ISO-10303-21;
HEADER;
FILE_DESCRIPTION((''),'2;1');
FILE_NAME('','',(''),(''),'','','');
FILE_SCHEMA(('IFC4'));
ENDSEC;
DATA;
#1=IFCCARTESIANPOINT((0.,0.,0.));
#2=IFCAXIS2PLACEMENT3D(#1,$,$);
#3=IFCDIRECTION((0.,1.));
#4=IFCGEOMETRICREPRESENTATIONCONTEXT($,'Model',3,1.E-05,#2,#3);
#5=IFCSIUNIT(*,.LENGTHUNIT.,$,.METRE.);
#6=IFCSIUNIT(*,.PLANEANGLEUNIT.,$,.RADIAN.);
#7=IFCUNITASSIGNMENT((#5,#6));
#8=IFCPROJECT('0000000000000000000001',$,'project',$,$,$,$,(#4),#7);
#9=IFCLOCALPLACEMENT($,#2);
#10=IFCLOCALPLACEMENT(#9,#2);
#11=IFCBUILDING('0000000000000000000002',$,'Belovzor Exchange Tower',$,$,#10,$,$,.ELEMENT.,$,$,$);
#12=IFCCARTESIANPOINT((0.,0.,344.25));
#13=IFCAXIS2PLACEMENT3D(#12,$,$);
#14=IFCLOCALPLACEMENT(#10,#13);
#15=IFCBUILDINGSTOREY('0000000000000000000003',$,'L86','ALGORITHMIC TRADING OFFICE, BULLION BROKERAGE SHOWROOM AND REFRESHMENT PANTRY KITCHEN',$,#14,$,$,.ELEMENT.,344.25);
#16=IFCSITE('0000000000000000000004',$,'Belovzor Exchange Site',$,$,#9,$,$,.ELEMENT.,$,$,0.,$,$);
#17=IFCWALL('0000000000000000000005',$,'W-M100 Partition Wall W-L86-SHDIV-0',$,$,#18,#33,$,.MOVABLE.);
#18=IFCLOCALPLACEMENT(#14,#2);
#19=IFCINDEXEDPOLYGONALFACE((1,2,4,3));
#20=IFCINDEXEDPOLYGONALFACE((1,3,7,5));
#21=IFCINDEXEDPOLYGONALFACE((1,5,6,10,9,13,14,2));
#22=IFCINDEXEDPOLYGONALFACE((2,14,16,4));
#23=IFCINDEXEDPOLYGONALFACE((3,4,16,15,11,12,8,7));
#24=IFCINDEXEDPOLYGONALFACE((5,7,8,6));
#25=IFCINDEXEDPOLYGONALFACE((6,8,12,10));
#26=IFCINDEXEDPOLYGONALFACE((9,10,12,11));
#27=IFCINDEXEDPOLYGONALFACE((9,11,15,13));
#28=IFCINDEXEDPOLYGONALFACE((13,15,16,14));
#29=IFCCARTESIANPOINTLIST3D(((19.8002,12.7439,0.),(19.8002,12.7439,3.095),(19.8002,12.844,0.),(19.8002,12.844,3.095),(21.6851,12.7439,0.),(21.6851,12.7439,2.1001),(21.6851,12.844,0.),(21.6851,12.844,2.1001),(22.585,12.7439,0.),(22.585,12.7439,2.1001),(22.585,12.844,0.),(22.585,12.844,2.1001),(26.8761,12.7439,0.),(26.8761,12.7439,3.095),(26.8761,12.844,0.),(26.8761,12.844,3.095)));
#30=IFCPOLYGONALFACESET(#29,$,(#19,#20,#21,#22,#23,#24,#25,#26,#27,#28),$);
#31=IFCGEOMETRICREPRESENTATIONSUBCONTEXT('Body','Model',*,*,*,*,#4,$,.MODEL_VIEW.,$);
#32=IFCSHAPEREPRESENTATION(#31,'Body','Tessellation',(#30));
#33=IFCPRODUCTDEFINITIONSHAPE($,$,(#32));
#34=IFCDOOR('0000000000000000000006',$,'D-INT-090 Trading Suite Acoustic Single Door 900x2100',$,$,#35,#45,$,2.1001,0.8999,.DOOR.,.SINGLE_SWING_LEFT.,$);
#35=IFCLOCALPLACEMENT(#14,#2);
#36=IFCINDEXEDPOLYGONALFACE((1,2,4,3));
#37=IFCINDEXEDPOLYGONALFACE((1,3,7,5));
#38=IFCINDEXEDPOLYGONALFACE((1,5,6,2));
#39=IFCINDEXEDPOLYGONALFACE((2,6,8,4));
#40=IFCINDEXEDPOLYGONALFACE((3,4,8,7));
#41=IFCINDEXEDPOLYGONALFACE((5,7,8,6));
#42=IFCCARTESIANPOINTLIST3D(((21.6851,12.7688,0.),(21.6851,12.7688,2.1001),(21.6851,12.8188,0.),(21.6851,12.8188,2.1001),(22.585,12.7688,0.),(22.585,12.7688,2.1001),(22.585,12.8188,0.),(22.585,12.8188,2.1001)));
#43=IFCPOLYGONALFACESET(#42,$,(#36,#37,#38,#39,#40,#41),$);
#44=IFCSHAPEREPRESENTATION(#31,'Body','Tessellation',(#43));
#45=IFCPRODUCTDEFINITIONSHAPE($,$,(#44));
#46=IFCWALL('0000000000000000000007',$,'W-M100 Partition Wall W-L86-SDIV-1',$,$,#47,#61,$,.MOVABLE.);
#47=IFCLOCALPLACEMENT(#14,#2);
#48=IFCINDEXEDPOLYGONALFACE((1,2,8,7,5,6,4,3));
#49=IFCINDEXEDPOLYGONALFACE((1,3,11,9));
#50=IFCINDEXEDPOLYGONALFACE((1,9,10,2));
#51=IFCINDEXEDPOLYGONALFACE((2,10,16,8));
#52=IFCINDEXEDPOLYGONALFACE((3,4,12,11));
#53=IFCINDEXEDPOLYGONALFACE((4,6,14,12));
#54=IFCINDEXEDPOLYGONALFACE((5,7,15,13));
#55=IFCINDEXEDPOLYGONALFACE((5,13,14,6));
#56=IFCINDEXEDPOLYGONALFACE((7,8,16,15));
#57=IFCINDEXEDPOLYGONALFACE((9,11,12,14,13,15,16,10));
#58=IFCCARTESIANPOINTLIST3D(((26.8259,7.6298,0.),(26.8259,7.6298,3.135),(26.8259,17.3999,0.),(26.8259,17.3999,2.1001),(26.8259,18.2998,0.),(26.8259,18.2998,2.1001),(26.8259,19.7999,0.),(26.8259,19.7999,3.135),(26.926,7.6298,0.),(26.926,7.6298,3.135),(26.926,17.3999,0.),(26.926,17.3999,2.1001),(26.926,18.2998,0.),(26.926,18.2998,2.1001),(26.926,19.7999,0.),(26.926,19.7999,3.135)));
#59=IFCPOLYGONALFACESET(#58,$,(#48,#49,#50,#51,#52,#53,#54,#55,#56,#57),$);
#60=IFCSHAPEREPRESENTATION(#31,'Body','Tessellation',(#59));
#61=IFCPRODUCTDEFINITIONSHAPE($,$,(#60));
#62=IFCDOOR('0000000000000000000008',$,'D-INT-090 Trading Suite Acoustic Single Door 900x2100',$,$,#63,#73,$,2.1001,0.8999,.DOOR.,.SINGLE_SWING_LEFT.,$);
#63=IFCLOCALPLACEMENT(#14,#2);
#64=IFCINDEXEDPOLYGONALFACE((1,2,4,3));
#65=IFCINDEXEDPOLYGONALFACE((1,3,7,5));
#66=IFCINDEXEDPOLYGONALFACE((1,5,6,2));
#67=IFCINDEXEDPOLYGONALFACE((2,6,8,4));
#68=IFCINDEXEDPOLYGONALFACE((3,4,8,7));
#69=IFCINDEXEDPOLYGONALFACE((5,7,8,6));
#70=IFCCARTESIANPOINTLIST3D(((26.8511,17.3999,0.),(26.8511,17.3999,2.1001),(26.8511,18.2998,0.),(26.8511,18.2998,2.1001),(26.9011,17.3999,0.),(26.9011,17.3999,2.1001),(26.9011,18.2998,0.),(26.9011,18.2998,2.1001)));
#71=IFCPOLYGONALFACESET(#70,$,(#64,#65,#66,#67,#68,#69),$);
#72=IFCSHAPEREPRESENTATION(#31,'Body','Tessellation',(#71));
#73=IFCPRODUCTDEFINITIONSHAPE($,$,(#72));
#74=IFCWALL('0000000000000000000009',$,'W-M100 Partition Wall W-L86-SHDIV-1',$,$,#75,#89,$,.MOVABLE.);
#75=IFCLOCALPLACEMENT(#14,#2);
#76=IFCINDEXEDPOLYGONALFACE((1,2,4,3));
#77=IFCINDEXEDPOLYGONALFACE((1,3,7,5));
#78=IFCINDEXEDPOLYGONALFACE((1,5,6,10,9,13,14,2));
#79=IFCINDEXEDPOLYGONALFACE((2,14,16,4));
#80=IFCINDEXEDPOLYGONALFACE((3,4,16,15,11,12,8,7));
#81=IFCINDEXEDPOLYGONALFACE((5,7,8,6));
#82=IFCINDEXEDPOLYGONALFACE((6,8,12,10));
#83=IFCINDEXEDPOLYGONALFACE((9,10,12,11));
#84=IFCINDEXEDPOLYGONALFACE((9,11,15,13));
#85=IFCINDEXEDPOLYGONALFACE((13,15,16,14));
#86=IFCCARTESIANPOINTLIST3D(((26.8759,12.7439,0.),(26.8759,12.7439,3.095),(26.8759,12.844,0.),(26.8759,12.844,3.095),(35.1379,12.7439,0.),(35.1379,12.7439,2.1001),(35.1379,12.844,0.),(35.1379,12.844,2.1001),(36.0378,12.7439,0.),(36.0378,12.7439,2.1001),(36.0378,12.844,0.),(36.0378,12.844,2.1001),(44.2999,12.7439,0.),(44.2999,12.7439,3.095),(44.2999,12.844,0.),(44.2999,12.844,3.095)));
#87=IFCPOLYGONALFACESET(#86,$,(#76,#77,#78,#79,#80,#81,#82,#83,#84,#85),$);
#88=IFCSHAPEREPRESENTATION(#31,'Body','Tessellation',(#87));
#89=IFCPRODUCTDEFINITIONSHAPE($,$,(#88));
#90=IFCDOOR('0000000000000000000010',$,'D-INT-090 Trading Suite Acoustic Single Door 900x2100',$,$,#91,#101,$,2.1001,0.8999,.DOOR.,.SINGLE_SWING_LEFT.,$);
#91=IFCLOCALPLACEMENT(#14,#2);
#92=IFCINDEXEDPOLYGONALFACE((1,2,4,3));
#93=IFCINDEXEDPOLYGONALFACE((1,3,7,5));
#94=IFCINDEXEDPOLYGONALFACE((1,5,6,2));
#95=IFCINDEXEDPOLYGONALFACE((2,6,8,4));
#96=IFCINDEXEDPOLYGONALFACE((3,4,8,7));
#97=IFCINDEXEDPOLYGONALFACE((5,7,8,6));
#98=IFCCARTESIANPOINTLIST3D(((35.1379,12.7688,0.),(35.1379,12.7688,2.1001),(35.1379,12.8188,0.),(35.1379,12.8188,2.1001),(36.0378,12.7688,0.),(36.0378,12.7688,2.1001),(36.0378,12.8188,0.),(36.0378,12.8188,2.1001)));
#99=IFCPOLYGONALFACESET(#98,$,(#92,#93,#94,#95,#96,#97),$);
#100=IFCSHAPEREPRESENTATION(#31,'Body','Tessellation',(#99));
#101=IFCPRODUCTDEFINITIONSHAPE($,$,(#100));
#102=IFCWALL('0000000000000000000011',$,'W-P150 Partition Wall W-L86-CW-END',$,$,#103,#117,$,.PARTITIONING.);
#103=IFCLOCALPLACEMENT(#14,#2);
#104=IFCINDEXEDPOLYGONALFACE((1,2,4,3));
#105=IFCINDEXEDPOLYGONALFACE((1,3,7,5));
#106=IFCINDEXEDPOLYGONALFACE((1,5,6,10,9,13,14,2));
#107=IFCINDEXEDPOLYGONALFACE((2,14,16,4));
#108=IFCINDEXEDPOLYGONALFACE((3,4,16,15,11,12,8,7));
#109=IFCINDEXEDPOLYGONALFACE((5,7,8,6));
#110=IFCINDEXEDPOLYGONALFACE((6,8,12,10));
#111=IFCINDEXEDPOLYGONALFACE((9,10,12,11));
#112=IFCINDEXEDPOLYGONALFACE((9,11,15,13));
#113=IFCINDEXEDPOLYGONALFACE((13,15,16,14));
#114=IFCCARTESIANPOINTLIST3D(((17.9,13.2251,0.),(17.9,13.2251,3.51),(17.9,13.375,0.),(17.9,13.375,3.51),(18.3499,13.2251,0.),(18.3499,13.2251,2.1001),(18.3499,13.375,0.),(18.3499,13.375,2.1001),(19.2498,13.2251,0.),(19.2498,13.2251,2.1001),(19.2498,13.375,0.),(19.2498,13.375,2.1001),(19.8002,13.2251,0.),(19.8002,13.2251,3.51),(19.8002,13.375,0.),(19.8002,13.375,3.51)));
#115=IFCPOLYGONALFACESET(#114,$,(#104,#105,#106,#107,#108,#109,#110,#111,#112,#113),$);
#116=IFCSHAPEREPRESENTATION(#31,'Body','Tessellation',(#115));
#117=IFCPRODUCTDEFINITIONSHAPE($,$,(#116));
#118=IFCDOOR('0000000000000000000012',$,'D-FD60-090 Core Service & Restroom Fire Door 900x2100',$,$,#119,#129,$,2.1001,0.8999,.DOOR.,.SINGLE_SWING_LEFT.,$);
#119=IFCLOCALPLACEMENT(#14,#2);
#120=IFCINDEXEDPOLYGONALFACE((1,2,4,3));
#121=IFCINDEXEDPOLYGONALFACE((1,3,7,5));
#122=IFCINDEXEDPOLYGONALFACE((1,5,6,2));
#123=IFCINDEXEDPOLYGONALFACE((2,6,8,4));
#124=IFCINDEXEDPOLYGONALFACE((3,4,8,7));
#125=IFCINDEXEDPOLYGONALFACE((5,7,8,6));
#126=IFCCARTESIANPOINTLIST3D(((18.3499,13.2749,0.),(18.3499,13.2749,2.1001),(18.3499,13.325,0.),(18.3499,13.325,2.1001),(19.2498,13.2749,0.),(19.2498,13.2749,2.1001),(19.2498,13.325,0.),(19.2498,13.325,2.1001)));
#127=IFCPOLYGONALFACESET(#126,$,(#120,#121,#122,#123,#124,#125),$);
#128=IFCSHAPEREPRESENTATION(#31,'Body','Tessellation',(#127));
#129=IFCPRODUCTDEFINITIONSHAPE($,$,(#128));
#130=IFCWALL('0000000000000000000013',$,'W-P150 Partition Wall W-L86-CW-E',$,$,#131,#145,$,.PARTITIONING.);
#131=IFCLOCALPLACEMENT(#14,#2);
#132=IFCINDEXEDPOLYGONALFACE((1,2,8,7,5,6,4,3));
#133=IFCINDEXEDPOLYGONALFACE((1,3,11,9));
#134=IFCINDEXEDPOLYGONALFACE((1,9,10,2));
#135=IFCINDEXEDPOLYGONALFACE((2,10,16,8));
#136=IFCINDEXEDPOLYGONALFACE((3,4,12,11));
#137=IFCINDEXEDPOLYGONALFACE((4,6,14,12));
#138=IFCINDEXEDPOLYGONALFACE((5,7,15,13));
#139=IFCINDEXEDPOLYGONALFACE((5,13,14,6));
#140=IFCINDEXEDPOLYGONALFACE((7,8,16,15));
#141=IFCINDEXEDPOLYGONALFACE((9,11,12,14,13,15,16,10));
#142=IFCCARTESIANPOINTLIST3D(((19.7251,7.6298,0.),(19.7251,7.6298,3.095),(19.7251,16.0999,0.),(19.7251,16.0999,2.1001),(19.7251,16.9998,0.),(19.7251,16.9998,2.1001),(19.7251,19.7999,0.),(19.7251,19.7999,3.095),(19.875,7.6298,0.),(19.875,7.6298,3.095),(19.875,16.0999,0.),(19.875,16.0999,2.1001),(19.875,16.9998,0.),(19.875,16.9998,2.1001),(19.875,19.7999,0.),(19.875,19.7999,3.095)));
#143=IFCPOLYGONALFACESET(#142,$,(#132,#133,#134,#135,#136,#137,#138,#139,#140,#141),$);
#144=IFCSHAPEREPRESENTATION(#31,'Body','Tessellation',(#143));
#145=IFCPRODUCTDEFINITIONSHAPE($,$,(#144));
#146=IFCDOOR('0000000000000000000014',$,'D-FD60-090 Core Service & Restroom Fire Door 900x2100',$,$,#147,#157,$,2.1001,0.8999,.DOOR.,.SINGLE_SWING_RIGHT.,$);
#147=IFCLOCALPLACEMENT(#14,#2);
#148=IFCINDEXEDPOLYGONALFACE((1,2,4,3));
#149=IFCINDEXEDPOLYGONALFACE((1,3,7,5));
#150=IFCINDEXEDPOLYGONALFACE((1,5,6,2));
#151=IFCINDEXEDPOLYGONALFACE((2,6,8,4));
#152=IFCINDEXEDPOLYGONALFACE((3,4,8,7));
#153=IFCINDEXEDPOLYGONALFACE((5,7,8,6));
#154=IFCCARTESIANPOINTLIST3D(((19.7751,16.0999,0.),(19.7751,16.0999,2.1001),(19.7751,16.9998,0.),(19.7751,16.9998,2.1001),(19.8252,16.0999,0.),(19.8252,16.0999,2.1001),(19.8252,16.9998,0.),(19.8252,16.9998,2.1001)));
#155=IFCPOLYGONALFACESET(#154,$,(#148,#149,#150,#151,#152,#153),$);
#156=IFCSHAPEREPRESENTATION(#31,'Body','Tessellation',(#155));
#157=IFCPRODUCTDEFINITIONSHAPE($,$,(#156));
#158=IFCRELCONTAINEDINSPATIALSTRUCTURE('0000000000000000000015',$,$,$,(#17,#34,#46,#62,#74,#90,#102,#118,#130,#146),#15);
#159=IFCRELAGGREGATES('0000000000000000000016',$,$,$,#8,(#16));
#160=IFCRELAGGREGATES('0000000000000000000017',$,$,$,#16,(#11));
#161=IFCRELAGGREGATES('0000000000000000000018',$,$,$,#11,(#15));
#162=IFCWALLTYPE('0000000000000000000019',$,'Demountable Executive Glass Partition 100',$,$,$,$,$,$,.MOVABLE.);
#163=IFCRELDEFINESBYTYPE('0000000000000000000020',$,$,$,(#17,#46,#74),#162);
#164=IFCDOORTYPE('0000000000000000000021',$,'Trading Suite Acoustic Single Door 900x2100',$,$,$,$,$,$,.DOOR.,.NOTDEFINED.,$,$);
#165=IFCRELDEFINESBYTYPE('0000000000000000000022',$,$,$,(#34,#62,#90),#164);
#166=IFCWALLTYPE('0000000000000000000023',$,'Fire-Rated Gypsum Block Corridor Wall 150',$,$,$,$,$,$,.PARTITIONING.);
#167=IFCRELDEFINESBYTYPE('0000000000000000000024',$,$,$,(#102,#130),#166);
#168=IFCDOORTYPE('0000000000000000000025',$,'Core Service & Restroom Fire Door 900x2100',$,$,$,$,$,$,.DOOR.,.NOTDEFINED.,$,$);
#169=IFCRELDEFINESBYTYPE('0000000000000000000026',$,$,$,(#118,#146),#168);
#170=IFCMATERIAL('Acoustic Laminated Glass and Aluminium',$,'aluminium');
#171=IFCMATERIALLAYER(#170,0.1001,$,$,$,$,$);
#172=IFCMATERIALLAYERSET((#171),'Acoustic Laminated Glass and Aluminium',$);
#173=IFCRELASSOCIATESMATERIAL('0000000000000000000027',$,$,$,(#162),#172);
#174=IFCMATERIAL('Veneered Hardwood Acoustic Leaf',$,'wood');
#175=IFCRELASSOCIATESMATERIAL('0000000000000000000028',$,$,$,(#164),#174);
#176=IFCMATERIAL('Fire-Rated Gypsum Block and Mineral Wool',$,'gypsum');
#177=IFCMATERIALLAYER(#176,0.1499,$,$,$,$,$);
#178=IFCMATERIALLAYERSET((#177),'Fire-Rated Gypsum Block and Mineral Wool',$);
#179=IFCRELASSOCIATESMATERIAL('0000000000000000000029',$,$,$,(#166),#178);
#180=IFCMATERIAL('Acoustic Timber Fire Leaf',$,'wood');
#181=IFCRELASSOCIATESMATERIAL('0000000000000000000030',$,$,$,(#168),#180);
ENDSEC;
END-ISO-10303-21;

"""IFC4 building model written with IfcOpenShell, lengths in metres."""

from ifc_helpers import new_model, si_unit, direction, frame, frame_2d, origin, place, context, subcontext, project, spatial, rectangle, extrude, material, layer, layer_set, type_object, element, fill, save


model = new_model("IFC4")

# Units and contexts
model_context = context("Model", 3, precision=1e-05, world=origin(), true_north=direction((0.0, 1.0)))
body_context = subcontext(model_context, "Body", "Model", "MODEL_VIEW")
ifc_project = project(units=[si_unit("LENGTHUNIT", "METRE"), si_unit("PLANEANGLEUNIT", "RADIAN")], contexts=[model_context])

# Site, building, storey
site_placement = place(None, origin())
site = spatial("IfcSite", under=ifc_project, at=site_placement, Name="Belovzor Exchange Site", CompositionType="ELEMENT", RefElevation=0.0)
building_placement = place(site_placement, origin())
building = spatial("IfcBuilding", under=site, at=building_placement, Name="Belovzor Exchange Tower", CompositionType="ELEMENT")
storey_placement = place(building_placement, frame((0.0, 0.0, 344.25)))
storey = spatial("IfcBuildingStorey", under=building, at=storey_placement, Name="L86", Description="ALGORITHMIC TRADING OFFICE, BULLION BROKERAGE SHOWROOM AND REFRESHMENT PANTRY KITCHEN", CompositionType="ELEMENT", Elevation=344.25)

# Walls, openings, doors
ifc_material_1 = material(Name="Acoustic Laminated Glass and Aluminium", Category="aluminium")
ifc_layer_1 = layer(ifc_material_1, 0.1001)
ifc_layer_set_1 = layer_set([ifc_layer_1], Name="Acoustic Laminated Glass and Aluminium")
wall_type_1 = type_object("IfcWallType", Name="Demountable Executive Glass Partition 100", PredefinedType="MOVABLE", material=ifc_layer_set_1)
wall_1_placement = place(storey_placement, frame((19.8, 12.7939, 0.0), z_axis=(0.0, 0.0, 1.0), x_axis=(1.0, 0.0, 0.0)))
wall_1 = element("IfcWall", 1, at=wall_1_placement, inside=storey, type_object=wall_type_1, Name="W-M100 Partition Wall W-L86-SHDIV-0", PredefinedType="MOVABLE", context=body_context, shape_type="SweptSolid", body=[
    extrude(rectangle(XDim=7.0759, YDim=0.1001, at=frame_2d((3.5381, 0.0))), origin(), (0.0, 0.0, 1.0), 3.095),
])
opening_1_placement = place(wall_1_placement, frame((1.885, 0.0, 0.0)))
opening_1 = element("IfcOpeningElement", 2, at=opening_1_placement, cuts=wall_1, PredefinedType="OPENING", context=body_context, shape_type="SweptSolid", body=[
    extrude(rectangle(XDim=0.8999, YDim=2.1001, at=frame_2d((0.45, 1.05))), frame((0.0, 0.0601, 0.0), z_axis=(0.0, -1.0, 0.0), x_axis=(1.0, 0.0, 0.0)), (0.0, 0.0, 1.0), 0.1201),
])
ifc_material_2 = material(Name="Veneered Hardwood Acoustic Leaf", Category="wood")
door_type_1 = type_object("IfcDoorType", Name="Trading Suite Acoustic Single Door 900x2100", OperationType="NOTDEFINED", PredefinedType="DOOR", material=ifc_material_2)
door_1_placement = place(opening_1_placement, origin())
door_1 = element("IfcDoor", 3, at=door_1_placement, inside=storey, type_object=door_type_1, Name="D-INT-090 Trading Suite Acoustic Single Door 900x2100", OperationType="SINGLE_SWING_LEFT", OverallHeight=2.1001, OverallWidth=0.8999, PredefinedType="DOOR", context=body_context, shape_type="SweptSolid", body=[
    extrude(rectangle(XDim=0.8999, YDim=2.1001, at=frame_2d((0.45, 1.05))), frame((0.0, 0.0249, 0.0), z_axis=(0.0, -1.0, 0.0), x_axis=(1.0, 0.0, 0.0)), (0.0, 0.0, 1.0), 0.05),
])
fill(opening_1, door_1)
wall_2_placement = place(storey_placement, frame((26.876, 7.6299, 0.0), z_axis=(0.0, 0.0, 1.0), x_axis=(0.0, 1.0, 0.0)))
wall_2 = element("IfcWall", 4, at=wall_2_placement, inside=storey, type_object=wall_type_1, Name="W-M100 Partition Wall W-L86-SDIV-1", PredefinedType="MOVABLE", context=body_context, shape_type="SweptSolid", body=[
    extrude(rectangle(XDim=12.1702, YDim=0.1001, at=frame_2d((6.085, 0.0))), origin(), (0.0, 0.0, 1.0), 3.135),
])
opening_2_placement = place(wall_2_placement, frame((9.77, 0.0, 0.0)))
opening_2 = element("IfcOpeningElement", 5, at=opening_2_placement, cuts=wall_2, PredefinedType="OPENING", context=body_context, shape_type="SweptSolid", body=[
    extrude(rectangle(XDim=0.8999, YDim=2.1001, at=frame_2d((0.45, 1.05))), frame((0.0, 0.0601, 0.0), z_axis=(0.0, -1.0, 0.0), x_axis=(1.0, 0.0, 0.0)), (0.0, 0.0, 1.0), 0.1201),
])
door_2_placement = place(opening_2_placement, origin())
door_2 = element("IfcDoor", 6, at=door_2_placement, inside=storey, type_object=door_type_1, Name="D-INT-090 Trading Suite Acoustic Single Door 900x2100", OperationType="SINGLE_SWING_LEFT", OverallHeight=2.1001, OverallWidth=0.8999, PredefinedType="DOOR", context=body_context, shape_type="SweptSolid", body=[
    extrude(rectangle(XDim=0.8999, YDim=2.1001, at=frame_2d((0.45, 1.05))), frame((0.0, 0.0249, 0.0), z_axis=(0.0, -1.0, 0.0), x_axis=(1.0, 0.0, 0.0)), (0.0, 0.0, 1.0), 0.05),
])
fill(opening_2, door_2)
wall_3_placement = place(storey_placement, frame((26.876, 12.7939, 0.0), z_axis=(0.0, 0.0, 1.0), x_axis=(1.0, 0.0, 0.0)))
wall_3 = element("IfcWall", 7, at=wall_3_placement, inside=storey, type_object=wall_type_1, Name="W-M100 Partition Wall W-L86-SHDIV-1", PredefinedType="MOVABLE", context=body_context, shape_type="SweptSolid", body=[
    extrude(rectangle(XDim=17.4241, YDim=0.1001, at=frame_2d((8.7119, 0.0))), origin(), (0.0, 0.0, 1.0), 3.095),
])
opening_3_placement = place(wall_3_placement, frame((8.262, 0.0, 0.0)))
opening_3 = element("IfcOpeningElement", 8, at=opening_3_placement, cuts=wall_3, PredefinedType="OPENING", context=body_context, shape_type="SweptSolid", body=[
    extrude(rectangle(XDim=0.8999, YDim=2.1001, at=frame_2d((0.45, 1.05))), frame((0.0, 0.0601, 0.0), z_axis=(0.0, -1.0, 0.0), x_axis=(1.0, 0.0, 0.0)), (0.0, 0.0, 1.0), 0.1201),
])
door_3_placement = place(opening_3_placement, origin())
door_3 = element("IfcDoor", 9, at=door_3_placement, inside=storey, type_object=door_type_1, Name="D-INT-090 Trading Suite Acoustic Single Door 900x2100", OperationType="SINGLE_SWING_LEFT", OverallHeight=2.1001, OverallWidth=0.8999, PredefinedType="DOOR", context=body_context, shape_type="SweptSolid", body=[
    extrude(rectangle(XDim=0.8999, YDim=2.1001, at=frame_2d((0.45, 1.05))), frame((0.0, 0.0249, 0.0), z_axis=(0.0, -1.0, 0.0), x_axis=(1.0, 0.0, 0.0)), (0.0, 0.0, 1.0), 0.05),
])
fill(opening_3, door_3)
ifc_material_3 = material(Name="Fire-Rated Gypsum Block and Mineral Wool", Category="gypsum")
ifc_layer_2 = layer(ifc_material_3, 0.1499)
ifc_layer_set_2 = layer_set([ifc_layer_2], Name="Fire-Rated Gypsum Block and Mineral Wool")
wall_type_2 = type_object("IfcWallType", Name="Fire-Rated Gypsum Block Corridor Wall 150", PredefinedType="PARTITIONING", material=ifc_layer_set_2)
wall_4_placement = place(storey_placement, frame((17.8999, 13.3, 0.0), z_axis=(0.0, 0.0, 1.0), x_axis=(1.0, 0.0, 0.0)))
wall_4 = element("IfcWall", 10, at=wall_4_placement, inside=storey, type_object=wall_type_2, Name="W-P150 Partition Wall W-L86-CW-END", PredefinedType="PARTITIONING", context=body_context, shape_type="SweptSolid", body=[
    extrude(rectangle(XDim=1.9001, YDim=0.1499, at=frame_2d((0.9502, 0.0))), origin(), (0.0, 0.0, 1.0), 3.51),
])
opening_4_placement = place(wall_4_placement, frame((0.45, 0.0, 0.0)))
opening_4 = element("IfcOpeningElement", 11, at=opening_4_placement, cuts=wall_4, PredefinedType="OPENING", context=body_context, shape_type="SweptSolid", body=[
    extrude(rectangle(XDim=0.8999, YDim=2.1001, at=frame_2d((0.45, 1.05))), frame((0.0, 0.085, 0.0), z_axis=(0.0, -1.0, 0.0), x_axis=(1.0, 0.0, 0.0)), (0.0, 0.0, 1.0), 0.1699),
])
ifc_material_4 = material(Name="Acoustic Timber Fire Leaf", Category="wood")
door_type_2 = type_object("IfcDoorType", Name="Core Service & Restroom Fire Door 900x2100", OperationType="NOTDEFINED", PredefinedType="DOOR", material=ifc_material_4)
door_4_placement = place(opening_4_placement, origin())
door_4 = element("IfcDoor", 12, at=door_4_placement, inside=storey, type_object=door_type_2, Name="D-FD60-090 Core Service & Restroom Fire Door 900x2100", OperationType="SINGLE_SWING_LEFT", OverallHeight=2.1001, OverallWidth=0.8999, PredefinedType="DOOR", context=body_context, shape_type="SweptSolid", body=[
    extrude(rectangle(XDim=0.8999, YDim=2.1001, at=frame_2d((0.45, 1.05))), frame((0.0, 0.0249, 0.0), z_axis=(0.0, -1.0, 0.0), x_axis=(1.0, 0.0, 0.0)), (0.0, 0.0, 1.0), 0.05),
])
fill(opening_4, door_4)
wall_5_placement = place(storey_placement, frame((19.8, 7.6299, 0.0), z_axis=(0.0, 0.0, 1.0), x_axis=(0.0, 1.0, 0.0)))
wall_5 = element("IfcWall", 13, at=wall_5_placement, inside=storey, type_object=wall_type_2, Name="W-P150 Partition Wall W-L86-CW-E", PredefinedType="PARTITIONING", context=body_context, shape_type="SweptSolid", body=[
    extrude(rectangle(XDim=12.1702, YDim=0.1499, at=frame_2d((6.085, 0.0))), origin(), (0.0, 0.0, 1.0), 3.095),
])
opening_5_placement = place(wall_5_placement, frame((8.47, 0.0, 0.0)))
opening_5 = element("IfcOpeningElement", 14, at=opening_5_placement, cuts=wall_5, PredefinedType="OPENING", context=body_context, shape_type="SweptSolid", body=[
    extrude(rectangle(XDim=0.8999, YDim=2.1001, at=frame_2d((0.45, 1.05))), frame((0.0, 0.085, 0.0), z_axis=(0.0, -1.0, 0.0), x_axis=(1.0, 0.0, 0.0)), (0.0, 0.0, 1.0), 0.1699),
])
door_5_placement = place(opening_5_placement, origin())
door_5 = element("IfcDoor", 15, at=door_5_placement, inside=storey, type_object=door_type_2, Name="D-FD60-090 Core Service & Restroom Fire Door 900x2100", OperationType="SINGLE_SWING_RIGHT", OverallHeight=2.1001, OverallWidth=0.8999, PredefinedType="DOOR", context=body_context, shape_type="SweptSolid", body=[
    extrude(rectangle(XDim=0.8999, YDim=2.1001, at=frame_2d((0.45, 1.05))), frame((0.0, 0.0249, 0.0), z_axis=(0.0, -1.0, 0.0), x_axis=(1.0, 0.0, 0.0)), (0.0, 0.0, 1.0), 0.05),
])
fill(opening_5, door_5)

save(model, "model.ifc")
